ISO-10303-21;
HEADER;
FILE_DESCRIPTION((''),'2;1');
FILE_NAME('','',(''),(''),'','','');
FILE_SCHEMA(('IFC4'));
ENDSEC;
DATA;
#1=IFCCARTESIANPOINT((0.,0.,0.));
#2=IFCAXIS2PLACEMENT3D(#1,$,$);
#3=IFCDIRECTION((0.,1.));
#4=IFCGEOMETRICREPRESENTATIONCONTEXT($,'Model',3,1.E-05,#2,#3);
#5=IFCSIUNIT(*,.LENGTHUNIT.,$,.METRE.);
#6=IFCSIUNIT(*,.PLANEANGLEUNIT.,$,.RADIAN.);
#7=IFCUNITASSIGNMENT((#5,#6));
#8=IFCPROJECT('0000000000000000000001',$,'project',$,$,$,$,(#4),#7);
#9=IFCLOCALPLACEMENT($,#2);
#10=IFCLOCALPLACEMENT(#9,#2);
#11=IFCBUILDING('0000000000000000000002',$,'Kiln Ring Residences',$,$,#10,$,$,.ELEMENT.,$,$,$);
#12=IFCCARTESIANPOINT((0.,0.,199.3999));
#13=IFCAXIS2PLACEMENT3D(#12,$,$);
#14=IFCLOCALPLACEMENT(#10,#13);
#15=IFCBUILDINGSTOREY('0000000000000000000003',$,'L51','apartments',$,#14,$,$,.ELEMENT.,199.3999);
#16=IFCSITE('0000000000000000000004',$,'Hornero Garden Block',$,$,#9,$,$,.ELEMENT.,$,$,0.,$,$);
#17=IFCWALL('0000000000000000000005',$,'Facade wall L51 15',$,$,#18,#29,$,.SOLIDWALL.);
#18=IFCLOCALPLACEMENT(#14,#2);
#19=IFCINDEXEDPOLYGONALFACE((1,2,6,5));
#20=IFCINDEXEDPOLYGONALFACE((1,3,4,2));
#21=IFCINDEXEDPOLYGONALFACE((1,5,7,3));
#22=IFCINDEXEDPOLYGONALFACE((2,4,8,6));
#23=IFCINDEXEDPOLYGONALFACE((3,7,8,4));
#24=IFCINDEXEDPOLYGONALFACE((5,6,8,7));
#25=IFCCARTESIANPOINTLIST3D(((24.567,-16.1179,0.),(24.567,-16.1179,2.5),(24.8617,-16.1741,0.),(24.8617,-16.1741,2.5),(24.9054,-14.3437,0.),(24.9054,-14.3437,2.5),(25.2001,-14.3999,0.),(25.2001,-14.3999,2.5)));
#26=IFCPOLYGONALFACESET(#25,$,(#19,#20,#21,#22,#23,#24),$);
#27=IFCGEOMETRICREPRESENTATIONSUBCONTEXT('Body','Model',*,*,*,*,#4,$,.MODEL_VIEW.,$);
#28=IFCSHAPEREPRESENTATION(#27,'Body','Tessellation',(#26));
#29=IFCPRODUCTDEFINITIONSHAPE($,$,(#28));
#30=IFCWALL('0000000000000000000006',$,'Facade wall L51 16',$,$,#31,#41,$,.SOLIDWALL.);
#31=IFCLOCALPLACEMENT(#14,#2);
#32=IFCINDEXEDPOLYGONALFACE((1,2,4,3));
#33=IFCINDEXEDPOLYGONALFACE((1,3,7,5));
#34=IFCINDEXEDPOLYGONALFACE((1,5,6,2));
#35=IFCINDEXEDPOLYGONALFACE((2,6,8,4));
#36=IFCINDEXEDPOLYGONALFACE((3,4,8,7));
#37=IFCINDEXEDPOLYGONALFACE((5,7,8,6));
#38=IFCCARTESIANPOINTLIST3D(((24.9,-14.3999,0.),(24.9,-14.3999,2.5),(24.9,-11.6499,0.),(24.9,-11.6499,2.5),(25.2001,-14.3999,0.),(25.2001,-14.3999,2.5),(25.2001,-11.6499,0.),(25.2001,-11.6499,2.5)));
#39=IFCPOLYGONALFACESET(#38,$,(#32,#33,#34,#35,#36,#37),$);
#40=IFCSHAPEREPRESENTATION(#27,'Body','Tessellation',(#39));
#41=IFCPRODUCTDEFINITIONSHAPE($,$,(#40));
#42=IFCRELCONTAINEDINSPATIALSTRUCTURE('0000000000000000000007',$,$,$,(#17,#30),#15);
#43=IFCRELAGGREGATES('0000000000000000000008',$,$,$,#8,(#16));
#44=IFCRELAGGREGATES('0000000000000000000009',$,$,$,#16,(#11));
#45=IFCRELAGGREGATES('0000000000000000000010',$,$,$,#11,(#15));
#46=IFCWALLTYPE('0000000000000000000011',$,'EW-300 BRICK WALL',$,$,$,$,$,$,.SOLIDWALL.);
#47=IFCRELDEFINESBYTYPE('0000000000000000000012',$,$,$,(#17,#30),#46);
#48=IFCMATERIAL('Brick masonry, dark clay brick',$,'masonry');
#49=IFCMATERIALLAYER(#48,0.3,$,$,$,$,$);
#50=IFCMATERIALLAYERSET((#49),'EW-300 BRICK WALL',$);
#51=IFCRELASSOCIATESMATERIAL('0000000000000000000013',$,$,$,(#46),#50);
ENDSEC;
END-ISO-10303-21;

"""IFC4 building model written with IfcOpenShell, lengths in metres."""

from ifc_helpers import new_model, si_unit, direction, frame, frame_2d, origin, place, context, subcontext, project, spatial, rectangle, extrude, material, layer, layer_set, type_object, element, save


model = new_model("IFC4")

# Units and contexts
model_context = context("Model", 3, precision=1e-05, world=origin(), true_north=direction((0.0, 1.0)))
body_context = subcontext(model_context, "Body", "Model", "MODEL_VIEW")
ifc_project = project(units=[si_unit("LENGTHUNIT", "METRE"), si_unit("PLANEANGLEUNIT", "RADIAN")], contexts=[model_context])

# Site, building, storey
site_placement = place(None, origin())
site = spatial("IfcSite", under=ifc_project, at=site_placement, Name="Hornero Garden Block", CompositionType="ELEMENT", RefElevation=0.0)
building_placement = place(site_placement, origin())
building = spatial("IfcBuilding", under=site, at=building_placement, Name="Kiln Ring Residences", CompositionType="ELEMENT")
storey_placement = place(building_placement, frame((0.0, 0.0, 199.3999)))
storey = spatial("IfcBuildingStorey", under=building, at=storey_placement, Name="L51", Description="apartments", CompositionType="ELEMENT", Elevation=199.3999)

# Walls
ifc_material_1 = material(Name="Brick masonry, dark clay brick", Category="masonry")
ifc_layer_1 = layer(ifc_material_1, 0.3)
ifc_layer_set_1 = layer_set([ifc_layer_1], Name="EW-300 BRICK WALL")
wall_type_1 = type_object("IfcWallType", Name="EW-300 BRICK WALL", PredefinedType="SOLIDWALL", material=ifc_layer_set_1)
wall_1_placement = place(storey_placement, frame((24.7144, -16.146, 0.0), z_axis=(0.0, 0.0, 1.0), x_axis=(0.187348, 0.982294, 0.0)))
element("IfcWall", 1, at=wall_1_placement, inside=storey, type_object=wall_type_1, Name="Facade wall L51 15", PredefinedType="SOLIDWALL", context=body_context, shape_type="SweptSolid", body=[
    extrude(rectangle(XDim=1.8062, YDim=0.3, at=frame_2d((0.9031, 0.0))), origin(), (0.0, 0.0, 1.0), 2.5),
])
wall_2_placement = place(storey_placement, frame((25.05, -14.3999, 0.0), z_axis=(0.0, 0.0, 1.0), x_axis=(0.0, 1.0, 0.0)))
element("IfcWall", 2, at=wall_2_placement, inside=storey, type_object=wall_type_1, Name="Facade wall L51 16", PredefinedType="SOLIDWALL", context=body_context, shape_type="SweptSolid", body=[
    extrude(rectangle(XDim=2.75, YDim=0.3, at=frame_2d((1.375, 0.0))), origin(), (0.0, 0.0, 1.0), 2.5),
])

save(model, "model.ifc")
